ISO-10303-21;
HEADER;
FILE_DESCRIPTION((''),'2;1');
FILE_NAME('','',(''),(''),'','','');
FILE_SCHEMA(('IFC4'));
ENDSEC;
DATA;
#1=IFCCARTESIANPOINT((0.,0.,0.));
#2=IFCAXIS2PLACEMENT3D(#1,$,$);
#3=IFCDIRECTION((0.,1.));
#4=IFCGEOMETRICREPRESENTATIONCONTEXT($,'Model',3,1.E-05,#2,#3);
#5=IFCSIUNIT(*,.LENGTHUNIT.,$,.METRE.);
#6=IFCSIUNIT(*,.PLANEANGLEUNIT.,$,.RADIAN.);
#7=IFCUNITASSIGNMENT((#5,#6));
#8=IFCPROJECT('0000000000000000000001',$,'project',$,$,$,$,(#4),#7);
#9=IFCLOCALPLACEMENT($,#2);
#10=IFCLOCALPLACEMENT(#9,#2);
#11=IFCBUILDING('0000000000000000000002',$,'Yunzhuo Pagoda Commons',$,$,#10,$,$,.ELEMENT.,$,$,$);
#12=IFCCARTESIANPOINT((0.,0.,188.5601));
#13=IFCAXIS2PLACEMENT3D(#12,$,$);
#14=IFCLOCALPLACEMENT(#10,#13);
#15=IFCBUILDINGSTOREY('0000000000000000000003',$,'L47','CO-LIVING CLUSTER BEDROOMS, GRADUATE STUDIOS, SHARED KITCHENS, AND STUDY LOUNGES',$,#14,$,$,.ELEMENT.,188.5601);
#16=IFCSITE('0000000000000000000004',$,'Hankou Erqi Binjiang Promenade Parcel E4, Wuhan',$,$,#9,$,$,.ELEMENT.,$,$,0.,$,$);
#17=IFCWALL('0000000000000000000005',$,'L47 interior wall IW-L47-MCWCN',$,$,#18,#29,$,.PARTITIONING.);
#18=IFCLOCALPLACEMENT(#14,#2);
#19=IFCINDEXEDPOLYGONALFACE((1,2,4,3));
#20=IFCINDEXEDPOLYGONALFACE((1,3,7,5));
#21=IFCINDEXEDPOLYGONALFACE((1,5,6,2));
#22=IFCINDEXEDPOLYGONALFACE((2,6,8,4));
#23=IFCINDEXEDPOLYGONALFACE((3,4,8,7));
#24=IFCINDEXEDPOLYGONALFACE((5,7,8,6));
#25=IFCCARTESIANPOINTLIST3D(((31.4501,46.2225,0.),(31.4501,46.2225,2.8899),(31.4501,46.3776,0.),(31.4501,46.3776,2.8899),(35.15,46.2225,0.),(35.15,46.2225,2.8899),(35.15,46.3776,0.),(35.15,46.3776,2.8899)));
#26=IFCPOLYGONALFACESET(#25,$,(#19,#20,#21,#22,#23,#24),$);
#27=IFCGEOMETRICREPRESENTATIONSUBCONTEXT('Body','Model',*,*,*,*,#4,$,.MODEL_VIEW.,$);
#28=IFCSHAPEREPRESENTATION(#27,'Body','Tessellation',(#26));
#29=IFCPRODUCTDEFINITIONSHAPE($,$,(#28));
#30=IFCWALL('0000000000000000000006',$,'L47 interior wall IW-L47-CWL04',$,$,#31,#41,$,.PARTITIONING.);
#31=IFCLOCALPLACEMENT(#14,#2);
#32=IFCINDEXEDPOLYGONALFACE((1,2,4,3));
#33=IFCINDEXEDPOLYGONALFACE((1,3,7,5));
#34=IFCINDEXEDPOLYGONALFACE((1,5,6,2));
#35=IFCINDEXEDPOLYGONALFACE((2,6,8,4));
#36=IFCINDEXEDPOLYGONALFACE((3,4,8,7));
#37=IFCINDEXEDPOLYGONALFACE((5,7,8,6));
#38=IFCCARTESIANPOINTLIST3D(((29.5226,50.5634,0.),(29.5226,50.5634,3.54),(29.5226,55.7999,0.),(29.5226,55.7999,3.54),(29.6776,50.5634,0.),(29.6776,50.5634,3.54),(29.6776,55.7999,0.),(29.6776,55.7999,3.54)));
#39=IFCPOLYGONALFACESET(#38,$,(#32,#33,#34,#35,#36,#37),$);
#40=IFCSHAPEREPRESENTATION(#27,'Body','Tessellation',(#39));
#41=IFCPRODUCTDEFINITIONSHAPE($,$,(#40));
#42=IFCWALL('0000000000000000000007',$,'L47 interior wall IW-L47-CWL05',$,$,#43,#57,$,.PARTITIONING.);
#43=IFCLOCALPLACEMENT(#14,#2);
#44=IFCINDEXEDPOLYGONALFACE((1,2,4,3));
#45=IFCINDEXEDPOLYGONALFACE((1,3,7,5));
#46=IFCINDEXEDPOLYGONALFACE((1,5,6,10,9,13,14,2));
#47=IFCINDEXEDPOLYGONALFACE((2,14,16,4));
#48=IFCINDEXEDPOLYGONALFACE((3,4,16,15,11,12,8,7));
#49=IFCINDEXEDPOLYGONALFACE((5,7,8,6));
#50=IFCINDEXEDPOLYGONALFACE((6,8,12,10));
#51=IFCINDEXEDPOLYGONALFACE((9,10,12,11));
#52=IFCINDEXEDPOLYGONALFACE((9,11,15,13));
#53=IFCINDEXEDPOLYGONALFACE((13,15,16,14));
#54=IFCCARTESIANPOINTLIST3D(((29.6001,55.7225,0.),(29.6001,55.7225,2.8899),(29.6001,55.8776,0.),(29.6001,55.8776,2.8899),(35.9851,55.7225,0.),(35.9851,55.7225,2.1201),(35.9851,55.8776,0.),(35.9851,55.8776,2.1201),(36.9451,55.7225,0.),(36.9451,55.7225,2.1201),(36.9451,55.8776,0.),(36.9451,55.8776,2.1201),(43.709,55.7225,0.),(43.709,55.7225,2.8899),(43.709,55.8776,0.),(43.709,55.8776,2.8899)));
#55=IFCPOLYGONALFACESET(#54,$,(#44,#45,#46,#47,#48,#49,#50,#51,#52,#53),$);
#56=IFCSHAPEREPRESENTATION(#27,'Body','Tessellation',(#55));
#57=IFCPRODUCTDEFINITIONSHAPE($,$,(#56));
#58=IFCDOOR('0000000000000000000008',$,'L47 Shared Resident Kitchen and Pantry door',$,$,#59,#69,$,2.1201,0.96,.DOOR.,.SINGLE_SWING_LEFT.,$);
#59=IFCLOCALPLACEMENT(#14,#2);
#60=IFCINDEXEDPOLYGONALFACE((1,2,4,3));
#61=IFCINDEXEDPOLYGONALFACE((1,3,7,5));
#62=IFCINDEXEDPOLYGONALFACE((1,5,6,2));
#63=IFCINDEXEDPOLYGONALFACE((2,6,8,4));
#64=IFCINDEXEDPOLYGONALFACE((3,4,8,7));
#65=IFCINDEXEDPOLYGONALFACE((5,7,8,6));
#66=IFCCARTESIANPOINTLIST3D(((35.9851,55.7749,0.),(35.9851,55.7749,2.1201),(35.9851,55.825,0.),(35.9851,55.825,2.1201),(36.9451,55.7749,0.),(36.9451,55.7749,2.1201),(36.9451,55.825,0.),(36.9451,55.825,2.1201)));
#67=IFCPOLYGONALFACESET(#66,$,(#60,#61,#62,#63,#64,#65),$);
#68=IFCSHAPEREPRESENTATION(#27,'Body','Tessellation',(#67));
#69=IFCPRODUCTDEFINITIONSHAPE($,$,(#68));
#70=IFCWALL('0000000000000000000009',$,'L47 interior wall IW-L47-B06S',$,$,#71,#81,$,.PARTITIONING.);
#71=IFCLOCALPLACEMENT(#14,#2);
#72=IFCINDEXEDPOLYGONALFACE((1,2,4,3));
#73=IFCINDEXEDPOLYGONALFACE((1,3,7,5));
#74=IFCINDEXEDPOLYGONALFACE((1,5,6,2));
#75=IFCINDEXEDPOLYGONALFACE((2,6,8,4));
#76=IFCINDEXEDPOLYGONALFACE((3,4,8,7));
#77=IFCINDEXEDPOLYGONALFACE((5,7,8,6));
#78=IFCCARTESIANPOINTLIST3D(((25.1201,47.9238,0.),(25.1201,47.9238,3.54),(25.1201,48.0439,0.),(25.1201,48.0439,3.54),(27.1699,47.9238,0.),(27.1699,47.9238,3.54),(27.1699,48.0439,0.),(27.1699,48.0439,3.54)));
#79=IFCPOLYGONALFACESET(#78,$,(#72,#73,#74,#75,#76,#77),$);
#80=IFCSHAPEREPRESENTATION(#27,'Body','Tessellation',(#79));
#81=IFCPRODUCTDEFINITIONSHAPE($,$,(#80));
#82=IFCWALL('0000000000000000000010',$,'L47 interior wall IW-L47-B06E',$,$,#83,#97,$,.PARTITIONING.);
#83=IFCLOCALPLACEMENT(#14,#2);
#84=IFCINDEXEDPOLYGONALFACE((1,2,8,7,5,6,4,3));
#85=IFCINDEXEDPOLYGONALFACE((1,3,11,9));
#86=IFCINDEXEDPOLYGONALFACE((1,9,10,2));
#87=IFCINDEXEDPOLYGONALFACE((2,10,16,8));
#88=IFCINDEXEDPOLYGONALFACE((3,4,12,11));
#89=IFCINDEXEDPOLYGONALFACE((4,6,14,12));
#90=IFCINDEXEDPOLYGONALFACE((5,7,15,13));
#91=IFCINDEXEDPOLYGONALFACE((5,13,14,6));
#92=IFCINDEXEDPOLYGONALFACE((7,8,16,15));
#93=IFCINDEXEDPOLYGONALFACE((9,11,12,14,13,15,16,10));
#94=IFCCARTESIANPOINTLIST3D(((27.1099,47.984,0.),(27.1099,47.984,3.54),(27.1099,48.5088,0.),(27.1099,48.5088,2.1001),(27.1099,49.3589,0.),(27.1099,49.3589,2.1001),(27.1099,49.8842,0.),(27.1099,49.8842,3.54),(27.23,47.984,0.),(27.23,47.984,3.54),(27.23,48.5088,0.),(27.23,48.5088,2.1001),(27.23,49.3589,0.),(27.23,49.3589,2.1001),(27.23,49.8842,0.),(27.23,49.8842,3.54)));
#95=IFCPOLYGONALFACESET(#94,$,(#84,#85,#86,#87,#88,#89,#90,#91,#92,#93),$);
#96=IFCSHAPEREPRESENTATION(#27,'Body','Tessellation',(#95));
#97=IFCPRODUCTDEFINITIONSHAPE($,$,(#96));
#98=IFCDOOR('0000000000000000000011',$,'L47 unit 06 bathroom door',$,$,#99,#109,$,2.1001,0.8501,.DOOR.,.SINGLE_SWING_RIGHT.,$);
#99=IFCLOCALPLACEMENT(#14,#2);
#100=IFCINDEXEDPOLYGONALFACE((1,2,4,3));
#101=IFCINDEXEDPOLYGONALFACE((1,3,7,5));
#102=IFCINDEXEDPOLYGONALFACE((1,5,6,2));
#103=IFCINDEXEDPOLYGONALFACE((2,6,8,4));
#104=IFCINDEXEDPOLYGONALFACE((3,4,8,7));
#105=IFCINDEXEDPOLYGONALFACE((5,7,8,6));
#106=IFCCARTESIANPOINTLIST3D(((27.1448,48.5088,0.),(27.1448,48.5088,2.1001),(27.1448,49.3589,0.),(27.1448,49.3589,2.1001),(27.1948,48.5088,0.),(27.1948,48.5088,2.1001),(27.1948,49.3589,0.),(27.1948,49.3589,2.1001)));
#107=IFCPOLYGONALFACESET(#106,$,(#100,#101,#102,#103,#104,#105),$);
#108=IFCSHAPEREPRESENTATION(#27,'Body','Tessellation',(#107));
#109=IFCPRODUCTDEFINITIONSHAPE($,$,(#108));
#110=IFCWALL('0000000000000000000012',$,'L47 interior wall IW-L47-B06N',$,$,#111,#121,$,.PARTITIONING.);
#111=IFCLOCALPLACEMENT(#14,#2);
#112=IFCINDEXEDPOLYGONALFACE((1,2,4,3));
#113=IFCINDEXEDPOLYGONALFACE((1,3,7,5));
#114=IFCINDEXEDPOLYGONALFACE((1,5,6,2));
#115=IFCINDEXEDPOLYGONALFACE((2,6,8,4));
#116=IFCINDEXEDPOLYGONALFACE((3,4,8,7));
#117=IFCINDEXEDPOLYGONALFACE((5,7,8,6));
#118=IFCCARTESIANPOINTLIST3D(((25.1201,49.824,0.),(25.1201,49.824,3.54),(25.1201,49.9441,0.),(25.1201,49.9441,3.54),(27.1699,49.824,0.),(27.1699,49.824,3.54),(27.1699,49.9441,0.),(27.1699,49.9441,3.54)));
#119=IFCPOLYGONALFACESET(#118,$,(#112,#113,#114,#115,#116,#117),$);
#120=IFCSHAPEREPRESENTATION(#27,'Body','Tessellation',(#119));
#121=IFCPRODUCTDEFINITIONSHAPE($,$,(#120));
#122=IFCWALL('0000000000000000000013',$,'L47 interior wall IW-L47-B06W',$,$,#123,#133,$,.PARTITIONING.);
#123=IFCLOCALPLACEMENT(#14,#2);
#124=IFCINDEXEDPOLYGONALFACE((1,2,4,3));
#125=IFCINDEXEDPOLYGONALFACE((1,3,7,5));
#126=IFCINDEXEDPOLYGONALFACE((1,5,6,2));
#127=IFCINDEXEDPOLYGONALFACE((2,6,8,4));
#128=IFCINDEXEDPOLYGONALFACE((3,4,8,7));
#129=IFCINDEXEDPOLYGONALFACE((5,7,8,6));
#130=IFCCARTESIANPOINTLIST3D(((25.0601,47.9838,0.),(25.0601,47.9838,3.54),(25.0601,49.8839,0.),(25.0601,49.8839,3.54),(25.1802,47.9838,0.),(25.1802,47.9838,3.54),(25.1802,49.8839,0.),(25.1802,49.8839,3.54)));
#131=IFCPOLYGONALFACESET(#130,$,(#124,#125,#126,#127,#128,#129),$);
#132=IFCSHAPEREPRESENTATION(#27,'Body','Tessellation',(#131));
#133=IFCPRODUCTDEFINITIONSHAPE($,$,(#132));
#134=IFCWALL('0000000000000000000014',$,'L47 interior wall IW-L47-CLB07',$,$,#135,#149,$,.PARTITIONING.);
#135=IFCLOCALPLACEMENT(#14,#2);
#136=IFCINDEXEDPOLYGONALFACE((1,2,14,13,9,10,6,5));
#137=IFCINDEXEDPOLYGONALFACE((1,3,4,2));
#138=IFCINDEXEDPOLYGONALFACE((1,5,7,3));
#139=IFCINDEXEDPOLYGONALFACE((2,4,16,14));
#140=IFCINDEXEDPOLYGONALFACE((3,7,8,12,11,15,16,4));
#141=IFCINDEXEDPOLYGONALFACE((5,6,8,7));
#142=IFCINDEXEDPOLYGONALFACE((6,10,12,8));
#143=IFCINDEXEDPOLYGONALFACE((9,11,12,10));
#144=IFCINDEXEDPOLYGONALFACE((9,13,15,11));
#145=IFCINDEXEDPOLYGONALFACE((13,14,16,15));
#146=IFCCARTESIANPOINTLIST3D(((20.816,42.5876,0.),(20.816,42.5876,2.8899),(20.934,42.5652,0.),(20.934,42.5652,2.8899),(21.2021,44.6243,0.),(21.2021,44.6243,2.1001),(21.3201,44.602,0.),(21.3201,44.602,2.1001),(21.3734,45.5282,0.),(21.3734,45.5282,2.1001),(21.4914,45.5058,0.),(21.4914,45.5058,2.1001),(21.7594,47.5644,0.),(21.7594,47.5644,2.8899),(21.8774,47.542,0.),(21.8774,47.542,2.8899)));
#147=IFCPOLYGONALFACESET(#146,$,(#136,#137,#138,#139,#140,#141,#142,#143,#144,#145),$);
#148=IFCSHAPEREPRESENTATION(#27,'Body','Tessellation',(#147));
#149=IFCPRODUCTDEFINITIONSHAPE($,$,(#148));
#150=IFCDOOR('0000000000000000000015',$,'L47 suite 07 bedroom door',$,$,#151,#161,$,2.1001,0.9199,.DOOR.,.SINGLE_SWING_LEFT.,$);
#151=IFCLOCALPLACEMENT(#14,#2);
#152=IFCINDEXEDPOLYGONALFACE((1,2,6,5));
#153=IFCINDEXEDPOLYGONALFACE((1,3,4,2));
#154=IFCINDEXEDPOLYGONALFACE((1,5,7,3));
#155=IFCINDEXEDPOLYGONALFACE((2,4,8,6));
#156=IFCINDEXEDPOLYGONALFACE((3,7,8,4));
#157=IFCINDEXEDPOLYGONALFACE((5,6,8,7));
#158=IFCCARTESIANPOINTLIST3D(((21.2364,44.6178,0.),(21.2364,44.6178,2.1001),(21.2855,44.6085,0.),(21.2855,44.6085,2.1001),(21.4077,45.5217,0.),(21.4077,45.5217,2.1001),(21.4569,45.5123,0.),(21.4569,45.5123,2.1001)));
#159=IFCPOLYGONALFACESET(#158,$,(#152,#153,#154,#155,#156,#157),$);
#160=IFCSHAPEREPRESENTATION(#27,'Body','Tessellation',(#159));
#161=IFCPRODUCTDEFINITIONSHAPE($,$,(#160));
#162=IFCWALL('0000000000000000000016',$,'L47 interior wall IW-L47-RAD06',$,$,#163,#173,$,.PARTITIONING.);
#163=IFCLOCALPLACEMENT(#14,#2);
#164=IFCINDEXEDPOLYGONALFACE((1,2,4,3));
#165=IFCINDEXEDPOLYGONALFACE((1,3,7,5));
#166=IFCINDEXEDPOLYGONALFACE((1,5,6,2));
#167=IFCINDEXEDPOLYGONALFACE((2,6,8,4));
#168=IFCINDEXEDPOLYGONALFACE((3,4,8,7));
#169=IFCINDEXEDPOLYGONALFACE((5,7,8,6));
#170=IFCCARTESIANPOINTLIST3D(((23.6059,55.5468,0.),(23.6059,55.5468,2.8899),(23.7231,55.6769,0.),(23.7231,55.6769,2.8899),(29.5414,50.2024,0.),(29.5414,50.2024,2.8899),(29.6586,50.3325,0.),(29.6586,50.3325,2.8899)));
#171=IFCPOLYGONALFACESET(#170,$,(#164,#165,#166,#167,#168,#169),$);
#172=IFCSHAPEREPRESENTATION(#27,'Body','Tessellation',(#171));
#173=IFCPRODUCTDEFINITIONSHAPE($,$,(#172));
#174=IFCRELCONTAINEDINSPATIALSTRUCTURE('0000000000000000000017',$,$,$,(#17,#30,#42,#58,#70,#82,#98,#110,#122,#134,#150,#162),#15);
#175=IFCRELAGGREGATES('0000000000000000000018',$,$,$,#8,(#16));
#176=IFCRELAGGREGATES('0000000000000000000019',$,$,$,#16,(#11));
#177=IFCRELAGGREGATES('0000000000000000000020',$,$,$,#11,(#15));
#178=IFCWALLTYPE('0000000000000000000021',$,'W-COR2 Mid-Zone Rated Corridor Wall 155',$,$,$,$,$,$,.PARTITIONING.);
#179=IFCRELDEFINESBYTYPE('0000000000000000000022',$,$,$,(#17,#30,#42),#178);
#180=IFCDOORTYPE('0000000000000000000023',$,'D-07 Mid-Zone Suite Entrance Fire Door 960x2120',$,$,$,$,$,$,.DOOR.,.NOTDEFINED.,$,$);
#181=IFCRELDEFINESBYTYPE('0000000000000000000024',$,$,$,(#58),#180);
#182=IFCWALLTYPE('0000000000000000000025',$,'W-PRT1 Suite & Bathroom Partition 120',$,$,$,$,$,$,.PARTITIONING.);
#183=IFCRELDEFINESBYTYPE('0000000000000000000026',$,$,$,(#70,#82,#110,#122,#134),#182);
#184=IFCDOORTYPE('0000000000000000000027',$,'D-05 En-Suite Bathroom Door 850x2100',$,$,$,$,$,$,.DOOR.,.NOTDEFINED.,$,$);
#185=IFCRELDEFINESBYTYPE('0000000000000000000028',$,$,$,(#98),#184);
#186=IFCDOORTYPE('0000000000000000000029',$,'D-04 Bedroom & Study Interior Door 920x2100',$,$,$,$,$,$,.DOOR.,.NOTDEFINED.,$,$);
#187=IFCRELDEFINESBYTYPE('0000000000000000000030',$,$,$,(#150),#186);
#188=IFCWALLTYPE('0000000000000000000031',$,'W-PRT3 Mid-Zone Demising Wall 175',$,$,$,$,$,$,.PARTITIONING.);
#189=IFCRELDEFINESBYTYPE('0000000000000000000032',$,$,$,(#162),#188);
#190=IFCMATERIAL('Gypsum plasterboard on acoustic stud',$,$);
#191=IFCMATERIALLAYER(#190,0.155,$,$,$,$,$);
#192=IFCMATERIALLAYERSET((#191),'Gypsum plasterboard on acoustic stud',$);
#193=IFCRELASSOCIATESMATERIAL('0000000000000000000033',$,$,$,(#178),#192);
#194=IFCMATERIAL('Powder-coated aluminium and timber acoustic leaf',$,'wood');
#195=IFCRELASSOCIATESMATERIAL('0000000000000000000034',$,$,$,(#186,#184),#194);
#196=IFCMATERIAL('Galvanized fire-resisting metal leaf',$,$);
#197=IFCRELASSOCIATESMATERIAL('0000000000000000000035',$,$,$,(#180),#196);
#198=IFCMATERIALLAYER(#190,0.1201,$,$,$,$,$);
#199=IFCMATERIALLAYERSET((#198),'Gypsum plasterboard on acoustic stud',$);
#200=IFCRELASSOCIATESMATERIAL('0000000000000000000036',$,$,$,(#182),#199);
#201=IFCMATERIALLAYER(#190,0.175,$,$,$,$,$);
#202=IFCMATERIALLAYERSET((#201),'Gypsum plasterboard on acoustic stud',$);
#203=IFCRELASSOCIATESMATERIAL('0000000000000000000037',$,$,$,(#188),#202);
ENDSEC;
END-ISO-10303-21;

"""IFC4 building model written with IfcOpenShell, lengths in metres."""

from ifc_helpers import new_model, si_unit, direction, frame, frame_2d, origin, origin_with_axes, place, context, subcontext, project, spatial, rectangle, extrude, source, transform, mapped, material, layer, layer_set, type_object, element, fill, save


model = new_model("IFC4")

# Units and contexts
model_context = context("Model", 3, precision=1e-05, world=origin(), true_north=direction((0.0, 1.0)))
body_context = subcontext(model_context, "Body", "Model", "MODEL_VIEW")
ifc_project = project(units=[si_unit("LENGTHUNIT", "METRE"), si_unit("PLANEANGLEUNIT", "RADIAN")], contexts=[model_context])

# Site, building, storey
site_placement = place(None, origin())
site = spatial("IfcSite", under=ifc_project, at=site_placement, Name="Hankou Erqi Binjiang Promenade Parcel E4, Wuhan", CompositionType="ELEMENT", RefElevation=0.0)
building_placement = place(site_placement, origin())
building = spatial("IfcBuilding", under=site, at=building_placement, Name="Yunzhuo Pagoda Commons", CompositionType="ELEMENT")
storey_placement = place(building_placement, frame((0.0, 0.0, 188.5601)))
storey = spatial("IfcBuildingStorey", under=building, at=storey_placement, Name="L47", Description="CO-LIVING CLUSTER BEDROOMS, GRADUATE STUDIOS, SHARED KITCHENS, AND STUDY LOUNGES", CompositionType="ELEMENT", Elevation=188.5601)

# Shared definitions
ifc_material_1 = material(Name="Gypsum plasterboard on acoustic stud")
ifc_layer_1 = layer(ifc_material_1, 0.155)
ifc_layer_set_1 = layer_set([ifc_layer_1], Name="Gypsum plasterboard on acoustic stud")
wall_type_1 = type_object("IfcWallType", Name="W-COR2 Mid-Zone Rated Corridor Wall 155", PredefinedType="PARTITIONING", material=ifc_layer_set_1)
ifc_material_2 = material(Name="Powder-coated aluminium and timber acoustic leaf", Category="wood")
door_type_1 = type_object("IfcDoorType", Name="D-04 Bedroom & Study Interior Door 920x2100", OperationType="NOTDEFINED", PredefinedType="DOOR", material=ifc_material_2)
shared_shape_1 = source(origin(), body_context, "Body", "SweptSolid", [
    extrude(rectangle(XDim=0.9199, YDim=2.1001, at=frame_2d((0.46, 1.05))), frame((0.0, 0.0249, 0.0), z_axis=(0.0, -1.0, 0.0), x_axis=(1.0, 0.0, 0.0)), (0.0, 0.0, 1.0), 0.05),
])

# Walls
wall_1_placement = place(storey_placement, frame((31.45, 46.3, 0.0), z_axis=(0.0, 0.0, 1.0), x_axis=(1.0, 0.0, 0.0)))
element("IfcWall", 1, at=wall_1_placement, inside=storey, type_object=wall_type_1, Name="L47 interior wall IW-L47-MCWCN", PredefinedType="PARTITIONING", context=body_context, shape_type="SweptSolid", body=[
    extrude(rectangle(XDim=3.7, YDim=0.155, at=frame_2d((1.8501, 0.0))), origin(), (0.0, 0.0, 1.0), 2.8899),
])
wall_2_placement = place(storey_placement, frame((29.6001, 50.5635, 0.0), z_axis=(0.0, 0.0, 1.0), x_axis=(0.0, 1.0, 0.0)))
element("IfcWall", 2, at=wall_2_placement, inside=storey, type_object=wall_type_1, Name="L47 interior wall IW-L47-CWL04", PredefinedType="PARTITIONING", context=body_context, shape_type="SweptSolid", body=[
    extrude(rectangle(XDim=5.2366, YDim=0.155, at=frame_2d((2.6182, 0.0))), origin(), (0.0, 0.0, 1.0), 3.54),
])

# Wall, opening, door
wall_3_placement = place(storey_placement, frame((29.6001, 55.8, 0.0), z_axis=(0.0, 0.0, 1.0), x_axis=(1.0, 0.0, 0.0)))
wall_3 = element("IfcWall", 3, at=wall_3_placement, inside=storey, type_object=wall_type_1, Name="L47 interior wall IW-L47-CWL05", PredefinedType="PARTITIONING", context=body_context, shape_type="SweptSolid", body=[
    extrude(rectangle(XDim=14.1089, YDim=0.155, at=frame_2d((7.0544, 0.0))), origin(), (0.0, 0.0, 1.0), 2.8899),
])
opening_1_placement = place(wall_3_placement, frame((6.385, 0.0, 0.0)))
opening_1 = element("IfcOpeningElement", 4, at=opening_1_placement, cuts=wall_3, PredefinedType="OPENING", context=body_context, shape_type="SweptSolid", body=[
    extrude(rectangle(XDim=0.96, YDim=2.1201, at=frame_2d((0.48, 1.0601))), frame((0.0, 0.0874, 0.0), z_axis=(0.0, -1.0, 0.0), x_axis=(1.0, 0.0, 0.0)), (0.0, 0.0, 1.0), 0.175),
])
ifc_material_3 = material(Name="Galvanized fire-resisting metal leaf")
door_type_2 = type_object("IfcDoorType", Name="D-07 Mid-Zone Suite Entrance Fire Door 960x2120", OperationType="NOTDEFINED", PredefinedType="DOOR", material=ifc_material_3)
shared_shape_2 = source(origin(), body_context, "Body", "SweptSolid", [
    extrude(rectangle(XDim=0.96, YDim=2.1201, at=frame_2d((0.48, 1.0601))), frame((0.0, 0.0249, 0.0), z_axis=(0.0, -1.0, 0.0), x_axis=(1.0, 0.0, 0.0)), (0.0, 0.0, 1.0), 0.05),
])
door_1_placement = place(opening_1_placement, origin_with_axes())
door_1 = element("IfcDoor", 5, at=door_1_placement, inside=storey, type_object=door_type_2, Name="L47 Shared Resident Kitchen and Pantry door", OperationType="SINGLE_SWING_LEFT", OverallHeight=2.1201, OverallWidth=0.96, PredefinedType="DOOR", context=body_context, shape_type="MappedRepresentation", body=[
    mapped(shared_shape_2, transform((0.0, 0.0, 0.0), scale=1.0)),
])
fill(opening_1, door_1)

# Wall
ifc_layer_2 = layer(ifc_material_1, 0.1201)
ifc_layer_set_2 = layer_set([ifc_layer_2], Name="Gypsum plasterboard on acoustic stud")
wall_type_2 = type_object("IfcWallType", Name="W-PRT1 Suite & Bathroom Partition 120", PredefinedType="PARTITIONING", material=ifc_layer_set_2)
wall_4_placement = place(storey_placement, frame((25.1201, 47.9839, 0.0), z_axis=(0.0, 0.0, 1.0), x_axis=(1.0, 0.0, 0.0)))
element("IfcWall", 6, at=wall_4_placement, inside=storey, type_object=wall_type_2, Name="L47 interior wall IW-L47-B06S", PredefinedType="PARTITIONING", context=body_context, shape_type="SweptSolid", body=[
    extrude(rectangle(XDim=2.0498, YDim=0.1201, at=frame_2d((1.0249, 0.0))), origin(), (0.0, 0.0, 1.0), 3.54),
])

# Wall, opening, door
wall_5_placement = place(storey_placement, frame((27.1699, 47.9839, 0.0), z_axis=(0.0, 0.0, 1.0), x_axis=(0.0, 1.0, 0.0)))
wall_5 = element("IfcWall", 7, at=wall_5_placement, inside=storey, type_object=wall_type_2, Name="L47 interior wall IW-L47-B06E", PredefinedType="PARTITIONING", context=body_context, shape_type="SweptSolid", body=[
    extrude(rectangle(XDim=1.9001, YDim=0.1201, at=frame_2d((0.9502, 0.0))), origin(), (0.0, 0.0, 1.0), 3.54),
])
opening_2_placement = place(wall_5_placement, frame((0.5249, 0.0, 0.0)))
opening_2 = element("IfcOpeningElement", 8, at=opening_2_placement, cuts=wall_5, PredefinedType="OPENING", context=body_context, shape_type="SweptSolid", body=[
    extrude(rectangle(XDim=0.8501, YDim=2.1001, at=frame_2d((0.425, 1.05))), frame((0.0, 0.0701, 0.0), z_axis=(0.0, -1.0, 0.0), x_axis=(1.0, 0.0, 0.0)), (0.0, 0.0, 1.0), 0.1401),
])
door_type_3 = type_object("IfcDoorType", Name="D-05 En-Suite Bathroom Door 850x2100", OperationType="NOTDEFINED", PredefinedType="DOOR", material=ifc_material_2)
shared_shape_3 = source(origin(), body_context, "Body", "SweptSolid", [
    extrude(rectangle(XDim=0.8501, YDim=2.1001, at=frame_2d((0.425, 1.05))), frame((0.0, 0.0249, 0.0), z_axis=(0.0, -1.0, 0.0), x_axis=(1.0, 0.0, 0.0)), (0.0, 0.0, 1.0), 0.05),
])
door_2_placement = place(opening_2_placement, frame((0.8501, 0.0, 0.0), z_axis=(0.0, 0.0, 1.0), x_axis=(-1.0, 0.0, 0.0)))
door_2 = element("IfcDoor", 9, at=door_2_placement, inside=storey, type_object=door_type_3, Name="L47 unit 06 bathroom door", OperationType="SINGLE_SWING_RIGHT", OverallHeight=2.1001, OverallWidth=0.8501, PredefinedType="DOOR", context=body_context, shape_type="MappedRepresentation", body=[
    mapped(shared_shape_3, transform((0.0, 0.0, 0.0), scale=1.0)),
])
fill(opening_2, door_2)

# Walls
wall_6_placement = place(storey_placement, frame((27.1699, 49.884, 0.0), z_axis=(0.0, 0.0, 1.0), x_axis=(-1.0, 0.0, 0.0)))
element("IfcWall", 10, at=wall_6_placement, inside=storey, type_object=wall_type_2, Name="L47 interior wall IW-L47-B06N", PredefinedType="PARTITIONING", context=body_context, shape_type="SweptSolid", body=[
    extrude(rectangle(XDim=2.0498, YDim=0.1201, at=frame_2d((1.0249, 0.0))), origin(), (0.0, 0.0, 1.0), 3.54),
])
wall_7_placement = place(storey_placement, frame((25.1201, 49.884, 0.0), z_axis=(0.0, 0.0, 1.0), x_axis=(0.0, -1.0, 0.0)))
element("IfcWall", 11, at=wall_7_placement, inside=storey, type_object=wall_type_2, Name="L47 interior wall IW-L47-B06W", PredefinedType="PARTITIONING", context=body_context, shape_type="SweptSolid", body=[
    extrude(rectangle(XDim=1.9001, YDim=0.1201, at=frame_2d((0.9502, 0.0))), origin(), (0.0, 0.0, 1.0), 3.54),
])

# Wall, opening, door
wall_8_placement = place(storey_placement, frame((21.8184, 47.5532, 0.0), z_axis=(0.0, 0.0, 1.0), x_axis=(-0.186235, -0.982505, 0.0)))
wall_8 = element("IfcWall", 12, at=wall_8_placement, inside=storey, type_object=wall_type_2, Name="L47 interior wall IW-L47-CLB07", PredefinedType="PARTITIONING", context=body_context, shape_type="SweptSolid", body=[
    extrude(rectangle(XDim=5.0654, YDim=0.1201, at=frame_2d((2.5327, 0.0))), origin(), (0.0, 0.0, 1.0), 2.8899),
])
opening_3_placement = place(wall_8_placement, frame((2.0725, 0.0, 0.0)))
opening_3 = element("IfcOpeningElement", 13, at=opening_3_placement, cuts=wall_8, PredefinedType="OPENING", context=body_context, shape_type="SweptSolid", body=[
    extrude(rectangle(XDim=0.9199, YDim=2.1001, at=frame_2d((0.46, 1.05))), frame((0.0, 0.0701, 0.0), z_axis=(0.0, -1.0, 0.0), x_axis=(1.0, 0.0, 0.0)), (0.0, 0.0, 1.0), 0.1401),
])
door_3_placement = place(opening_3_placement, origin_with_axes())
door_3 = element("IfcDoor", 14, at=door_3_placement, inside=storey, type_object=door_type_1, Name="L47 suite 07 bedroom door", OperationType="SINGLE_SWING_LEFT", OverallHeight=2.1001, OverallWidth=0.9199, PredefinedType="DOOR", context=body_context, shape_type="MappedRepresentation", body=[
    mapped(shared_shape_1, transform((0.0, 0.0, 0.0), scale=1.0)),
])
fill(opening_3, door_3)

# Wall
ifc_layer_3 = layer(ifc_material_1, 0.175)
ifc_layer_set_3 = layer_set([ifc_layer_3], Name="Gypsum plasterboard on acoustic stud")
wall_type_3 = type_object("IfcWallType", Name="W-PRT3 Mid-Zone Demising Wall 175", PredefinedType="PARTITIONING", material=ifc_layer_set_3)
wall_9_placement = place(storey_placement, frame((29.6001, 50.2673, 0.0), z_axis=(0.0, 0.0, 1.0), x_axis=(-0.743139, 0.669137, 0.0)))
element("IfcWall", 15, at=wall_9_placement, inside=storey, type_object=wall_type_3, Name="L47 interior wall IW-L47-RAD06", PredefinedType="PARTITIONING", context=body_context, shape_type="SweptSolid", body=[
    extrude(rectangle(XDim=7.9871, YDim=0.175, at=frame_2d((3.9937, 0.0))), origin(), (0.0, 0.0, 1.0), 2.8899),
])

save(model, "model.ifc")
